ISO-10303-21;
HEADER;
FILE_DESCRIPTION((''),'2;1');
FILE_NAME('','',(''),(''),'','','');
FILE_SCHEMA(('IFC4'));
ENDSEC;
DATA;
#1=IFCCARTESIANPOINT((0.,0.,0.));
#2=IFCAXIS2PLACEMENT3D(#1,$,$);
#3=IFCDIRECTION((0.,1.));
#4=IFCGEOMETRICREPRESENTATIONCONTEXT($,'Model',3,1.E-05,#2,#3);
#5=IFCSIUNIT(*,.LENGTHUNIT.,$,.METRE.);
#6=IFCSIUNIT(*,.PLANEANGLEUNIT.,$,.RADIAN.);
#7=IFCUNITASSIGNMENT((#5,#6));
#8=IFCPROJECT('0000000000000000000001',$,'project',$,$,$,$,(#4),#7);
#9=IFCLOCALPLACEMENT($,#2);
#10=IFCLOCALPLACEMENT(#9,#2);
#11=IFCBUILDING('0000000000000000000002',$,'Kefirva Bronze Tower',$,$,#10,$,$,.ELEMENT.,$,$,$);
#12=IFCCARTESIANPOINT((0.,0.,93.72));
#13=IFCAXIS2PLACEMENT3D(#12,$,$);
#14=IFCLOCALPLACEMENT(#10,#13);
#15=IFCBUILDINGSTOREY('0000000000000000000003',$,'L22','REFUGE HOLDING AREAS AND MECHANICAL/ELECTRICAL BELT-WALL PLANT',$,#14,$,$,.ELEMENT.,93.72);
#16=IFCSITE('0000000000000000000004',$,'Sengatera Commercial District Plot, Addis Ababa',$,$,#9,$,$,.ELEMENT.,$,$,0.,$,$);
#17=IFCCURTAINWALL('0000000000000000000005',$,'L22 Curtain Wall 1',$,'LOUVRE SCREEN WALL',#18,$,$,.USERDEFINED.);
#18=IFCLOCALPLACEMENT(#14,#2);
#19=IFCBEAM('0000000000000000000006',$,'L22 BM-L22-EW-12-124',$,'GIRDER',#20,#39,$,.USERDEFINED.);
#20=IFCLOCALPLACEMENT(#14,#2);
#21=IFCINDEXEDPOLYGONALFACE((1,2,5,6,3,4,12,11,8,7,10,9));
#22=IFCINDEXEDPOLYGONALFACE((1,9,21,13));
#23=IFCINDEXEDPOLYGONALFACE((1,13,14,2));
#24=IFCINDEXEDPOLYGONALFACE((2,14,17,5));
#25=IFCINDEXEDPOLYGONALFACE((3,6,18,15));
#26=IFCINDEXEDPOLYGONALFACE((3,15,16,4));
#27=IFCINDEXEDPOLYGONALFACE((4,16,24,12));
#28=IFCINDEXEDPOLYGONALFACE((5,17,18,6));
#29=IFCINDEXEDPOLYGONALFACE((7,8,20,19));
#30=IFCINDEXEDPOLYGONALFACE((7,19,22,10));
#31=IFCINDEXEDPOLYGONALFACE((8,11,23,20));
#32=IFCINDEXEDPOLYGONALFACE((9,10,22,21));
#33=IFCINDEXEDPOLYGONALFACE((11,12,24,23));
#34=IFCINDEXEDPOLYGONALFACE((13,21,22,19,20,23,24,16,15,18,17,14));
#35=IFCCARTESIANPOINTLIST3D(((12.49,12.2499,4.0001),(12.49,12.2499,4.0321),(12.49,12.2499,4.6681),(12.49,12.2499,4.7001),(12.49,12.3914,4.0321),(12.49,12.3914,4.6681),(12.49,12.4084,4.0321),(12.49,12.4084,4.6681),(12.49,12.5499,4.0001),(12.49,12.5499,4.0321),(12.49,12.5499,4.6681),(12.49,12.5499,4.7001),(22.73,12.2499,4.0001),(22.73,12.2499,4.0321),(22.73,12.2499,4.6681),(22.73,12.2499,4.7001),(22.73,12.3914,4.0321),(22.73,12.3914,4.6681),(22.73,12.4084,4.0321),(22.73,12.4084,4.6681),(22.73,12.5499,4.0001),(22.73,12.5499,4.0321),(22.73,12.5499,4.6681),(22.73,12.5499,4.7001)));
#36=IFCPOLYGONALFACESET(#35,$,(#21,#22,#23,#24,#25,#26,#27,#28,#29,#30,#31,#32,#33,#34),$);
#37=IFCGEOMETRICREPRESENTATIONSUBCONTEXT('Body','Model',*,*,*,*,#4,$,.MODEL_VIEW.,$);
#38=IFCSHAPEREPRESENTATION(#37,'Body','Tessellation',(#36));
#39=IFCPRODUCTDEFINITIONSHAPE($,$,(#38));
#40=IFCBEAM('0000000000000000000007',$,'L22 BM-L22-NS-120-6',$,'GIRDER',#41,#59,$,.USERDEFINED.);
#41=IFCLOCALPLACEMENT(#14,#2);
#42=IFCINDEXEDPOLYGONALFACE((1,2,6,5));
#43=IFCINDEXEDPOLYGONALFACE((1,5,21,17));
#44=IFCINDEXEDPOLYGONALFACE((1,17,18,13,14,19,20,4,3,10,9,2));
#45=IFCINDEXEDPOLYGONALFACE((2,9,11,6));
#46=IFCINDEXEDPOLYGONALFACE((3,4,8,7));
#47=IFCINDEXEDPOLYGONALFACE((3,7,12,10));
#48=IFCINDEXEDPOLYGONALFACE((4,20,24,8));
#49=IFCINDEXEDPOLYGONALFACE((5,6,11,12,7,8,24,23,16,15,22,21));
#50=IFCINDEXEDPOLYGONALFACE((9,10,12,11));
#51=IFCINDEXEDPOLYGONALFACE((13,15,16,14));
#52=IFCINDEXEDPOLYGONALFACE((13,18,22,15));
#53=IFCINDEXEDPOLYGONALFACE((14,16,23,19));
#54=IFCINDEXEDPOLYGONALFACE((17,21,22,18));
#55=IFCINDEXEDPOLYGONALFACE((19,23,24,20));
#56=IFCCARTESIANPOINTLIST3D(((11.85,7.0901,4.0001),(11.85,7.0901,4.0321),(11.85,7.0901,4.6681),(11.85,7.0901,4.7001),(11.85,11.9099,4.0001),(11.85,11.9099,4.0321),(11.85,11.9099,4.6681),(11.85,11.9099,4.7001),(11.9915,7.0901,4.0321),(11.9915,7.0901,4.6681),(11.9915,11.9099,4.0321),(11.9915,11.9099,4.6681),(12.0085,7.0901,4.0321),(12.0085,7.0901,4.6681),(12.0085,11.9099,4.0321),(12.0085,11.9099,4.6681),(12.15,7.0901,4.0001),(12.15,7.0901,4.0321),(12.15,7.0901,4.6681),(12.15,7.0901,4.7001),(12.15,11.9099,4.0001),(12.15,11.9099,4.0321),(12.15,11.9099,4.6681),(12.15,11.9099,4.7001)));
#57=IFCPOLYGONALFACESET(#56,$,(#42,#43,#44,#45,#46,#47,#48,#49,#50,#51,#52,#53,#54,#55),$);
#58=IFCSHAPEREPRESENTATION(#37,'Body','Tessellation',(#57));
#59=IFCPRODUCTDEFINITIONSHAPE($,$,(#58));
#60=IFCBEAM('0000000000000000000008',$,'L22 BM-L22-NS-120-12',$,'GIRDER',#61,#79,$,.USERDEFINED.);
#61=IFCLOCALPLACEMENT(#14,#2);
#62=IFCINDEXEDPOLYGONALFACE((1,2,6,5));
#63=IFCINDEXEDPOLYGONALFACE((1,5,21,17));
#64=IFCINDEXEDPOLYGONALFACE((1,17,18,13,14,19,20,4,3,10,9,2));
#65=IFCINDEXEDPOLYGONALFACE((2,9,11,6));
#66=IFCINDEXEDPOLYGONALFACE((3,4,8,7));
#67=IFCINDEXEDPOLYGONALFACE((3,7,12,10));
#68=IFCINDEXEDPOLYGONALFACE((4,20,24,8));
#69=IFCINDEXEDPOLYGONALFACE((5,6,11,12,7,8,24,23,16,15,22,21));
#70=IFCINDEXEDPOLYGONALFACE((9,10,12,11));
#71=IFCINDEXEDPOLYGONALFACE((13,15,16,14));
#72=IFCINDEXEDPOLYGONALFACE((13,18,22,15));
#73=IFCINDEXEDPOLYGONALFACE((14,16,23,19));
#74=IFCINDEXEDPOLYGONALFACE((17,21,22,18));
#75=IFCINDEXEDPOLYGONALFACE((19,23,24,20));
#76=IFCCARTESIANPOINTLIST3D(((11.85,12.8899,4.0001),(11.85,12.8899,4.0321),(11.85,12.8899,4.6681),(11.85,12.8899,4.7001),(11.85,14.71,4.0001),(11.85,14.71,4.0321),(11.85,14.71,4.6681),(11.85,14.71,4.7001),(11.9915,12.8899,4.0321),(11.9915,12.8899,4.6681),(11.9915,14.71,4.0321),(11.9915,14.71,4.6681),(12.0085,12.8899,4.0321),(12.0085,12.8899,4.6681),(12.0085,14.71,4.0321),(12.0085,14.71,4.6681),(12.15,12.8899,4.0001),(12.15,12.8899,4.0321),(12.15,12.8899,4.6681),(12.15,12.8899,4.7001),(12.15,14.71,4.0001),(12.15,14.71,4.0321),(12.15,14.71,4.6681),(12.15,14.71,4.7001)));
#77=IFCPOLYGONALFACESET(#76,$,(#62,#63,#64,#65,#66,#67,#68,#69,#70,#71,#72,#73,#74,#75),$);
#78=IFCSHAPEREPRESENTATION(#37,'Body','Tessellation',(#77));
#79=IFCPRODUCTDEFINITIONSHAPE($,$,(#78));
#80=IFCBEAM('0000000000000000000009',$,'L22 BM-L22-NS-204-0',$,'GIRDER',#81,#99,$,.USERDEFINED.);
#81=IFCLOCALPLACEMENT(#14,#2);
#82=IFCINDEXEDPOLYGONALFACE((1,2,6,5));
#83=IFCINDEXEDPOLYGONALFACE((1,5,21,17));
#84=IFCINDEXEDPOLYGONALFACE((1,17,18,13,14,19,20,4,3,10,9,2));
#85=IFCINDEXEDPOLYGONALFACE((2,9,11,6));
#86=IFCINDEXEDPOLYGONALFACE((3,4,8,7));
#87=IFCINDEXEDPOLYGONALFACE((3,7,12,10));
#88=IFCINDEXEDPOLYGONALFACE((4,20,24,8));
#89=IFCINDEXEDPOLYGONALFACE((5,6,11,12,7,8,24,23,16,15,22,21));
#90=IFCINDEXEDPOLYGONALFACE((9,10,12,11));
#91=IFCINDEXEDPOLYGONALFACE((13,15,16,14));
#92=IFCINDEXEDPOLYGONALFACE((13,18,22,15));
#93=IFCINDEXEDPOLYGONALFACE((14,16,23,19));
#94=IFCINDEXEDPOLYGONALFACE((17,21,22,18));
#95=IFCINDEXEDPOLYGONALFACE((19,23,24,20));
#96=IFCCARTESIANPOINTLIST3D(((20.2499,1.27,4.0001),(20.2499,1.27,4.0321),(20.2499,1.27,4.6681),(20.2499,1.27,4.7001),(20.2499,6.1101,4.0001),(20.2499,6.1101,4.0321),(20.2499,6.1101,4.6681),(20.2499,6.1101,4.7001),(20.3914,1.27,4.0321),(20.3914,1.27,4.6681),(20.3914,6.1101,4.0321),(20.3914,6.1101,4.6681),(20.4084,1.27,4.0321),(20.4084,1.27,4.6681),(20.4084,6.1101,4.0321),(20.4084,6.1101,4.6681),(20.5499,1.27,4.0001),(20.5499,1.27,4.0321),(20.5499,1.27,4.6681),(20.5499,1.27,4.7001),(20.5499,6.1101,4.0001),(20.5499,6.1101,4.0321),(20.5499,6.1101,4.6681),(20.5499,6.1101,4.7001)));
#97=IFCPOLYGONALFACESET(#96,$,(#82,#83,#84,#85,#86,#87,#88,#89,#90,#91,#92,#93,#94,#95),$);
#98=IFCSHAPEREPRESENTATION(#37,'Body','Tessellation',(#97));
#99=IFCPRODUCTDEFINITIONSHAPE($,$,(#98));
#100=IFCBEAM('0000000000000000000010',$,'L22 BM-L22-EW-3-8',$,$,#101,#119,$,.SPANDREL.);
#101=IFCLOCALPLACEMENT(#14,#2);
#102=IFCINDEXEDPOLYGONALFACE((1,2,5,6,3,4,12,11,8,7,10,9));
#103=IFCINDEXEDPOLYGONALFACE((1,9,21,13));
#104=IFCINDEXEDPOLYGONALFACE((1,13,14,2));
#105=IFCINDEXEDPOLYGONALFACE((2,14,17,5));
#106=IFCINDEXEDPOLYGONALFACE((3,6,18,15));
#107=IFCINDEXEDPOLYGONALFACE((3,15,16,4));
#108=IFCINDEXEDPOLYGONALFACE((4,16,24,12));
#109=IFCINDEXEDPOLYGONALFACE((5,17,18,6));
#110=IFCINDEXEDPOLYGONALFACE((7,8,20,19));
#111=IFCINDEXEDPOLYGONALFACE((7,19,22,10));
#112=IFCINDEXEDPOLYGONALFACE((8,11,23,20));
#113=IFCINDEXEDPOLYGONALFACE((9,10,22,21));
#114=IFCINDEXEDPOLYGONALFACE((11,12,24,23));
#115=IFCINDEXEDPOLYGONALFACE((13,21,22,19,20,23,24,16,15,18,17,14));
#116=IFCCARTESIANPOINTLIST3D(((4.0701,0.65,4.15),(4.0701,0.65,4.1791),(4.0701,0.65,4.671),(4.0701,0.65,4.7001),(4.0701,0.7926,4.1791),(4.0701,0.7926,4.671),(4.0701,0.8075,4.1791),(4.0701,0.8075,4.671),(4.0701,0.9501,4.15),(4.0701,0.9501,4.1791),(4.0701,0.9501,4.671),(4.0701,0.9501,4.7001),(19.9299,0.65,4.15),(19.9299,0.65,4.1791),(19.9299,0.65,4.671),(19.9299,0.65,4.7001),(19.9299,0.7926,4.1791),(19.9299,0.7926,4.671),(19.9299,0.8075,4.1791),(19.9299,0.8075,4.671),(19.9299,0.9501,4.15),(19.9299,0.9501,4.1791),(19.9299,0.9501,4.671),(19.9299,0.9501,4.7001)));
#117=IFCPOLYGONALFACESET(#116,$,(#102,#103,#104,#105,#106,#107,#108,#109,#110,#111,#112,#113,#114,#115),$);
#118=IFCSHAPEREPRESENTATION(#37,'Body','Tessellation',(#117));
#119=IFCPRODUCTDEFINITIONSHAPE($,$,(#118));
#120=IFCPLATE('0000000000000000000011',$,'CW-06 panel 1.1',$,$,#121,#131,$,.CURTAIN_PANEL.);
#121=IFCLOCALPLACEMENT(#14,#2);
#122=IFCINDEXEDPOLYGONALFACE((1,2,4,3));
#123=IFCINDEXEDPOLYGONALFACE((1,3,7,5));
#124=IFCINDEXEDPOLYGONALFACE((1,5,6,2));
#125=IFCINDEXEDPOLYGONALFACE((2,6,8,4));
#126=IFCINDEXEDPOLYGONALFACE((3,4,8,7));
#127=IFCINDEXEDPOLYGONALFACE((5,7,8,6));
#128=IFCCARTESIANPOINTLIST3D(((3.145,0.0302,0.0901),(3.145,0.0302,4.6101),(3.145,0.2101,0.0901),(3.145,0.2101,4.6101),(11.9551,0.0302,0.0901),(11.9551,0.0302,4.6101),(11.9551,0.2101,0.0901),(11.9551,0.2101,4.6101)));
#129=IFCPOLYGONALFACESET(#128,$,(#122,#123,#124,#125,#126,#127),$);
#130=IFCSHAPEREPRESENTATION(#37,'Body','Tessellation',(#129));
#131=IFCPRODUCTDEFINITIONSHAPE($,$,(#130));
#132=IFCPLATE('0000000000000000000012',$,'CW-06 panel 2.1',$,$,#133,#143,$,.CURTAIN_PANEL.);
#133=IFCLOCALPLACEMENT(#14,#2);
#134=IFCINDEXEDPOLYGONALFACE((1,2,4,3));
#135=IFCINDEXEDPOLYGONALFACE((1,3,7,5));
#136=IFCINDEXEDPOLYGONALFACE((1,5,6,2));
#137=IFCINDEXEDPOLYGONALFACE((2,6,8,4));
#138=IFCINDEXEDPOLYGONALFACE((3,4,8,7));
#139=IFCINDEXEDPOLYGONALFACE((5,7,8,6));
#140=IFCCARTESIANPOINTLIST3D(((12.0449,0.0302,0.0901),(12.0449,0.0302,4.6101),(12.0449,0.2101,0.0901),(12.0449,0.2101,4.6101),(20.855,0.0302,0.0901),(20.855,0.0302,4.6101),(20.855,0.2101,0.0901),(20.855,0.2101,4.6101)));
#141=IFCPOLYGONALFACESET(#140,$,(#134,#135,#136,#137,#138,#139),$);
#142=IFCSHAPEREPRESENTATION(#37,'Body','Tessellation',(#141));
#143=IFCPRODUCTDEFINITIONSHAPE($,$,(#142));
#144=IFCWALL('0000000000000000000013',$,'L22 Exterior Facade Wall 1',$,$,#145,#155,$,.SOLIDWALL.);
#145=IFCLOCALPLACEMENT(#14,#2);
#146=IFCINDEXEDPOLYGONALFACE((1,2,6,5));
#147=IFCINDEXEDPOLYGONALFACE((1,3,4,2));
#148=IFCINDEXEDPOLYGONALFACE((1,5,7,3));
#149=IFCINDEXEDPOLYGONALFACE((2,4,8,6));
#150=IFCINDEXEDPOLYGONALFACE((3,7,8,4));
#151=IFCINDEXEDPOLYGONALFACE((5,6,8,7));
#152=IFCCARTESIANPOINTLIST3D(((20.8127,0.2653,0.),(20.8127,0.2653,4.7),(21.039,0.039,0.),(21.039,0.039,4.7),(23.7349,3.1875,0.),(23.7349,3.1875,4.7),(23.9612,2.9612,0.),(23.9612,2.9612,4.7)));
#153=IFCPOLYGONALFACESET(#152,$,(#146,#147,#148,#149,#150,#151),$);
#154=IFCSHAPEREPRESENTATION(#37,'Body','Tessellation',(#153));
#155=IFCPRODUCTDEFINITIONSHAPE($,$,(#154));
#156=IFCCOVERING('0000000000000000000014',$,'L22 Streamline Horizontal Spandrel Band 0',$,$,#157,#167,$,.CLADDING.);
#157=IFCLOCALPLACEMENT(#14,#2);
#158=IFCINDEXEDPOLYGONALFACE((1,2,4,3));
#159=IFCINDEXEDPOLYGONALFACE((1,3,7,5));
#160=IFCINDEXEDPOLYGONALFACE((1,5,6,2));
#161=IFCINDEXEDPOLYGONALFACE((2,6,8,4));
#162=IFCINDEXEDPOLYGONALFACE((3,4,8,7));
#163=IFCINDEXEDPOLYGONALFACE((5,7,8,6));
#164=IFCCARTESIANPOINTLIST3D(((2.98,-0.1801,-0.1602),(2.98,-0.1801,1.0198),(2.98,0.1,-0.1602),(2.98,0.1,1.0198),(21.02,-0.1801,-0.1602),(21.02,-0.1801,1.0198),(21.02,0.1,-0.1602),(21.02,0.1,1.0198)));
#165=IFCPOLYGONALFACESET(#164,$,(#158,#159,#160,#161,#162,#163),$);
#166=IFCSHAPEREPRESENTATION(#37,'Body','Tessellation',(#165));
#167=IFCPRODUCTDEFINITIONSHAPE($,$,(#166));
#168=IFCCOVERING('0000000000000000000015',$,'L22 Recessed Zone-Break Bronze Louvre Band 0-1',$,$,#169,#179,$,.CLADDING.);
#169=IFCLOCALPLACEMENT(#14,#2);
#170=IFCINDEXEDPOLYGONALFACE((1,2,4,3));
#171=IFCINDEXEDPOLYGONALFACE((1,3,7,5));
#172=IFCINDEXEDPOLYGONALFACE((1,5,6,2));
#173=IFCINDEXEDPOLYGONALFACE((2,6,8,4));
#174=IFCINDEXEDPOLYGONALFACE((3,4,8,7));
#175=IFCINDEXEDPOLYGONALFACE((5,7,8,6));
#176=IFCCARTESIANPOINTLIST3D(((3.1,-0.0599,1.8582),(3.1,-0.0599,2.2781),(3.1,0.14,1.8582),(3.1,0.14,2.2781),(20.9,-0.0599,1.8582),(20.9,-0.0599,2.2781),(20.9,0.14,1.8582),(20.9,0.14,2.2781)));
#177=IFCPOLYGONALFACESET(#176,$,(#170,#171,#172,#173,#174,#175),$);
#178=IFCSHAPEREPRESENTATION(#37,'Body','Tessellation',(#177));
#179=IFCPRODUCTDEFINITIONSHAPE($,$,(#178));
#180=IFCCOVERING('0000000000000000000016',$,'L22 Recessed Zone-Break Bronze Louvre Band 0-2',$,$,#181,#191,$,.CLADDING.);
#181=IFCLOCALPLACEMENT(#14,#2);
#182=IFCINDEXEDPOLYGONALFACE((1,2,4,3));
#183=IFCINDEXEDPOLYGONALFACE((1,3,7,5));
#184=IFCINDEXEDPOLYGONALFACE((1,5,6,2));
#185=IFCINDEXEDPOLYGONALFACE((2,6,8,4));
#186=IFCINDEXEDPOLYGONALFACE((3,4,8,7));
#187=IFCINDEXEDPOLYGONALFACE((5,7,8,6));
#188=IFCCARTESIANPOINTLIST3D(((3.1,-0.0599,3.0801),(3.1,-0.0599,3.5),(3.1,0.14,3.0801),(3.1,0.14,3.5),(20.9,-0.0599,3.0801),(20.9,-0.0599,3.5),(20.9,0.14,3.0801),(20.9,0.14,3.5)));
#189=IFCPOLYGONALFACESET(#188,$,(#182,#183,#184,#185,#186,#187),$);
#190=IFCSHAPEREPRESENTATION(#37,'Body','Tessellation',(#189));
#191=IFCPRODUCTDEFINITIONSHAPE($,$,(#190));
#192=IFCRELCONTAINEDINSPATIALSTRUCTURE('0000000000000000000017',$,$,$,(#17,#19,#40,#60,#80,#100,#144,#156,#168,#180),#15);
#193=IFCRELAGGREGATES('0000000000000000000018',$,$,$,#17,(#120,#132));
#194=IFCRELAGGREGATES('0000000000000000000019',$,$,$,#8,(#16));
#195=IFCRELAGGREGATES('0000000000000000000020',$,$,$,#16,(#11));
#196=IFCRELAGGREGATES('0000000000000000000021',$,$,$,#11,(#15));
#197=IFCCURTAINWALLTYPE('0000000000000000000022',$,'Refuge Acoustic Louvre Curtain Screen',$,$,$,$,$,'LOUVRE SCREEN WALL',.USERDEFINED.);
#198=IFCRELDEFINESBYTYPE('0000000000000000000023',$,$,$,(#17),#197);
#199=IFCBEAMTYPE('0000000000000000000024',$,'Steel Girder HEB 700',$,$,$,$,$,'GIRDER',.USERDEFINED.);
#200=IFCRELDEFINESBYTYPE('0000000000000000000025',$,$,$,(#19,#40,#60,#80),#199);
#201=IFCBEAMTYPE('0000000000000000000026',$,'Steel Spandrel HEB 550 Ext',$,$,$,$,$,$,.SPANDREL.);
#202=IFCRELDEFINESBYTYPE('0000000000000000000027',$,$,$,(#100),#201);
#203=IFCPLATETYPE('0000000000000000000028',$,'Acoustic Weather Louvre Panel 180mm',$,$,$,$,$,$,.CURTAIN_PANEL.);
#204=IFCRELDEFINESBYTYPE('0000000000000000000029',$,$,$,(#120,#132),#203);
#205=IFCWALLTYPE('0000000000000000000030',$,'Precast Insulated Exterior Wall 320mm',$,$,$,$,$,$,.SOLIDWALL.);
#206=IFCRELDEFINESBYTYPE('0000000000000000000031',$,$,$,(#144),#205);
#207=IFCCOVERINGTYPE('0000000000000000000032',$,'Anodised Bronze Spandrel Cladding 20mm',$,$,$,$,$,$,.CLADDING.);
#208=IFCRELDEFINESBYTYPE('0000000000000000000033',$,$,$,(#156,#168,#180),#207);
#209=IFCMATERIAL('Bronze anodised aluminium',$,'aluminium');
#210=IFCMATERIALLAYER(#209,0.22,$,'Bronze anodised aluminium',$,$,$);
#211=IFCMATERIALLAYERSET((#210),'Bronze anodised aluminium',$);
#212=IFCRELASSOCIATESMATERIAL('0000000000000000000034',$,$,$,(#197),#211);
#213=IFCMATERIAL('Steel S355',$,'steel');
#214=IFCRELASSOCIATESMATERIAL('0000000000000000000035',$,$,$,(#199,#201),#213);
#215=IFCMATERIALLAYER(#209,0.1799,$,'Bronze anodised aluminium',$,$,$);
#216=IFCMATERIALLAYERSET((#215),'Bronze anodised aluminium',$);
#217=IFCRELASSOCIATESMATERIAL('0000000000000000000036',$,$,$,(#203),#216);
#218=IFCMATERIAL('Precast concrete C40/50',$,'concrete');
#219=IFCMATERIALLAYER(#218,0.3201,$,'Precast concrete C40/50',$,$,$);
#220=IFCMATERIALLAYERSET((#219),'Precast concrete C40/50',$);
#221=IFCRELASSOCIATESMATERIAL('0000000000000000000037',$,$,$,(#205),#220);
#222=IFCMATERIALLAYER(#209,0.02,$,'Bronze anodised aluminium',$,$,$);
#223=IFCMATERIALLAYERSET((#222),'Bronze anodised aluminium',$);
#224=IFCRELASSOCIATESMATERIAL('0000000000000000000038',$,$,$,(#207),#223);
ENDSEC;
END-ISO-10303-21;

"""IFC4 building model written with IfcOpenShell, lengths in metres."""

from ifc_helpers import new_model, si_unit, direction, frame, frame_2d, origin, origin_2d, place, context, subcontext, project, spatial, rectangle, i_section, extrude, material, layer, layer_set, material_profile, profile_set, type_object, element, aggregate, save


model = new_model("IFC4")

# Units and contexts
model_context = context("Model", 3, precision=1e-05, world=origin(), true_north=direction((0.0, 1.0)))
body_context = subcontext(model_context, "Body", "Model", "MODEL_VIEW")
ifc_project = project(units=[si_unit("LENGTHUNIT", "METRE"), si_unit("PLANEANGLEUNIT", "RADIAN")], contexts=[model_context])

# Site, building, storey
site_placement = place(None, origin())
site = spatial("IfcSite", under=ifc_project, at=site_placement, Name="Sengatera Commercial District Plot, Addis Ababa", CompositionType="ELEMENT", RefElevation=0.0)
building_placement = place(site_placement, origin())
building = spatial("IfcBuilding", under=site, at=building_placement, Name="Kefirva Bronze Tower", CompositionType="ELEMENT")
storey_placement = place(building_placement, frame((0.0, 0.0, 93.72)))
storey = spatial("IfcBuildingStorey", under=building, at=storey_placement, Name="L22", Description="REFUGE HOLDING AREAS AND MECHANICAL/ELECTRICAL BELT-WALL PLANT", CompositionType="ELEMENT", Elevation=93.72)

# Curtain wall
ifc_material_1 = material(Name="Bronze anodised aluminium", Category="aluminium")
ifc_layer_1 = layer(ifc_material_1, 0.22, Name="Bronze anodised aluminium")
ifc_layer_set_1 = layer_set([ifc_layer_1], Name="Bronze anodised aluminium")
curtain_wall_type = type_object("IfcCurtainWallType", Name="Refuge Acoustic Louvre Curtain Screen", ElementType="LOUVRE SCREEN WALL", PredefinedType="USERDEFINED", material=ifc_layer_set_1)
curtain_wall_placement = place(storey_placement, origin())
curtain_wall = element("IfcCurtainWall", 1, at=curtain_wall_placement, inside=storey, type_object=curtain_wall_type, Name="L22 Curtain Wall 1", ObjectType="LOUVRE SCREEN WALL", PredefinedType="USERDEFINED")

# Beams
ifc_material_2 = material(Name="Steel S355", Category="steel")
ifc_material_profile_1 = material_profile(ifc_material_2, i_section(OverallWidth=0.3, OverallDepth=0.7, WebThickness=0.0171, FlangeThickness=0.032, at=origin_2d()), Name="HEB 700")
ifc_profile_set_1 = profile_set([ifc_material_profile_1], Name="Steel S355")
beam_type_1 = type_object("IfcBeamType", Name="Steel Girder HEB 700", ElementType="GIRDER", PredefinedType="USERDEFINED", material=ifc_profile_set_1)
beam_1_placement = place(storey_placement, frame((12.49, 12.3999, 4.3501), z_axis=(1.0, 0.0, 0.0), x_axis=(0.0, 1.0, 0.0)))
element("IfcBeam", 2, at=beam_1_placement, inside=storey, type_object=beam_type_1, Name="L22 BM-L22-EW-12-124", ObjectType="GIRDER", PredefinedType="USERDEFINED", context=body_context, shape_type="SweptSolid", body=[
    extrude(i_section(OverallWidth=0.3, OverallDepth=0.7, WebThickness=0.0171, FlangeThickness=0.032, at=origin_2d()), origin(), (0.0, 0.0, 1.0), 10.24),
])
beam_2_placement = place(storey_placement, frame((12.0, 7.0901, 4.3501), z_axis=(0.0, 1.0, 0.0), x_axis=(-1.0, 0.0, 0.0)))
element("IfcBeam", 3, at=beam_2_placement, inside=storey, type_object=beam_type_1, Name="L22 BM-L22-NS-120-6", ObjectType="GIRDER", PredefinedType="USERDEFINED", context=body_context, shape_type="SweptSolid", body=[
    extrude(i_section(OverallWidth=0.3, OverallDepth=0.7, WebThickness=0.0171, FlangeThickness=0.032, at=origin_2d()), origin(), (0.0, 0.0, 1.0), 4.8198),
])
beam_3_placement = place(storey_placement, frame((12.0, 12.8899, 4.3501), z_axis=(0.0, 1.0, 0.0), x_axis=(-1.0, 0.0, 0.0)))
element("IfcBeam", 4, at=beam_3_placement, inside=storey, type_object=beam_type_1, Name="L22 BM-L22-NS-120-12", ObjectType="GIRDER", PredefinedType="USERDEFINED", context=body_context, shape_type="SweptSolid", body=[
    extrude(i_section(OverallWidth=0.3, OverallDepth=0.7, WebThickness=0.0171, FlangeThickness=0.032, at=origin_2d()), origin(), (0.0, 0.0, 1.0), 1.8201),
])
beam_4_placement = place(storey_placement, frame((20.3999, 1.27, 4.3501), z_axis=(0.0, 1.0, 0.0), x_axis=(-1.0, 0.0, 0.0)))
element("IfcBeam", 5, at=beam_4_placement, inside=storey, type_object=beam_type_1, Name="L22 BM-L22-NS-204-0", ObjectType="GIRDER", PredefinedType="USERDEFINED", context=body_context, shape_type="SweptSolid", body=[
    extrude(i_section(OverallWidth=0.3, OverallDepth=0.7, WebThickness=0.0171, FlangeThickness=0.032, at=origin_2d()), origin(), (0.0, 0.0, 1.0), 4.8401),
])
ifc_material_profile_2 = material_profile(ifc_material_2, i_section(OverallWidth=0.3, OverallDepth=0.55, WebThickness=0.0149, FlangeThickness=0.0291, at=origin_2d()), Name="HEB 550")
ifc_profile_set_2 = profile_set([ifc_material_profile_2], Name="Steel S355")
beam_type_2 = type_object("IfcBeamType", Name="Steel Spandrel HEB 550 Ext", PredefinedType="SPANDREL", material=ifc_profile_set_2)
beam_5_placement = place(storey_placement, frame((4.0701, 0.8, 4.425), z_axis=(1.0, 0.0, 0.0), x_axis=(0.0, 1.0, 0.0)))
element("IfcBeam", 6, at=beam_5_placement, inside=storey, type_object=beam_type_2, Name="L22 BM-L22-EW-3-8", PredefinedType="SPANDREL", context=body_context, shape_type="SweptSolid", body=[
    extrude(i_section(OverallWidth=0.3, OverallDepth=0.55, WebThickness=0.0149, FlangeThickness=0.0291, at=origin_2d()), origin(), (0.0, 0.0, 1.0), 15.8599),
])

# Plates
ifc_layer_2 = layer(ifc_material_1, 0.1799, Name="Bronze anodised aluminium")
ifc_layer_set_2 = layer_set([ifc_layer_2], Name="Bronze anodised aluminium")
plate_type = type_object("IfcPlateType", Name="Acoustic Weather Louvre Panel 180mm", PredefinedType="CURTAIN_PANEL", material=ifc_layer_set_2)
plate_1_placement = place(storey_placement, frame((7.55, 0.1201, 0.0901), z_axis=(0.0, 0.0, 1.0), x_axis=(1.0, 0.0, 0.0)))
plate_1 = element("IfcPlate", 7, at=plate_1_placement, type_object=plate_type, Name="CW-06 panel 1.1", PredefinedType="CURTAIN_PANEL", context=body_context, shape_type="SweptSolid", body=[
    extrude(rectangle(XDim=8.8101, YDim=0.1799, at=origin_2d()), origin(), (0.0, 0.0, 1.0), 4.52),
])
plate_2_placement = place(storey_placement, frame((16.45, 0.1201, 0.0901), z_axis=(0.0, 0.0, 1.0), x_axis=(1.0, 0.0, 0.0)))
plate_2 = element("IfcPlate", 8, at=plate_2_placement, type_object=plate_type, Name="CW-06 panel 2.1", PredefinedType="CURTAIN_PANEL", context=body_context, shape_type="SweptSolid", body=[
    extrude(rectangle(XDim=8.8101, YDim=0.1799, at=origin_2d()), origin(), (0.0, 0.0, 1.0), 4.52),
])
aggregate(curtain_wall, [plate_1, plate_2])

# Wall
ifc_material_3 = material(Name="Precast concrete C40/50", Category="concrete")
ifc_layer_3 = layer(ifc_material_3, 0.3201, Name="Precast concrete C40/50")
ifc_layer_set_3 = layer_set([ifc_layer_3], Name="Precast concrete C40/50")
wall_type = type_object("IfcWallType", Name="Precast Insulated Exterior Wall 320mm", PredefinedType="SOLIDWALL", material=ifc_layer_set_3)
wall_placement = place(storey_placement, frame((20.9258, 0.1521, 0.0), z_axis=(0.0, 0.0, 1.0), x_axis=(0.707107, 0.707107, 0.0)))
element("IfcWall", 9, at=wall_placement, inside=storey, type_object=wall_type, Name="L22 Exterior Facade Wall 1", PredefinedType="SOLIDWALL", context=body_context, shape_type="SweptSolid", body=[
    extrude(rectangle(XDim=4.1326, YDim=0.3201, at=frame_2d((2.0664, 0.0))), origin(), (0.0, 0.0, 1.0), 4.7),
])

# Coverings
ifc_layer_4 = layer(ifc_material_1, 0.02, Name="Bronze anodised aluminium")
ifc_layer_set_4 = layer_set([ifc_layer_4], Name="Bronze anodised aluminium")
covering_type_1 = type_object("IfcCoveringType", Name="Anodised Bronze Spandrel Cladding 20mm", PredefinedType="CLADDING", material=ifc_layer_set_4)
covering_1_placement = place(storey_placement, frame((12.0, -0.04, -0.1602), z_axis=(0.0, 0.0, 1.0), x_axis=(1.0, 0.0, 0.0)))
element("IfcCovering", 10, at=covering_1_placement, inside=storey, type_object=covering_type_1, Name="L22 Streamline Horizontal Spandrel Band 0", PredefinedType="CLADDING", context=body_context, shape_type="SweptSolid", body=[
    extrude(rectangle(XDim=18.04, YDim=0.28, at=origin_2d()), origin(), (0.0, 0.0, 1.0), 1.1799),
])
for number, where, z_axis, x_axis, name in (
    (11, (12.0, 0.04, 1.8582), (0.0, 0.0, 1.0), (1.0, 0.0, 0.0), "L22 Recessed Zone-Break Bronze Louvre Band 0-1"),
    (12, (12.0, 0.04, 3.0801), (0.0, 0.0, 1.0), (1.0, 0.0, 0.0), "L22 Recessed Zone-Break Bronze Louvre Band 0-2"),
):
    element("IfcCovering", number, at=place(storey_placement, frame(where, z_axis=z_axis, x_axis=x_axis)), inside=storey, type_object=covering_type_1, Name=name, PredefinedType="CLADDING", context=body_context, shape_type="SweptSolid", body=[
        extrude(rectangle(XDim=17.8, YDim=0.2, at=origin_2d()), origin(), (0.0, 0.0, 1.0), 0.4199),
    ])

save(model, "model.ifc")
